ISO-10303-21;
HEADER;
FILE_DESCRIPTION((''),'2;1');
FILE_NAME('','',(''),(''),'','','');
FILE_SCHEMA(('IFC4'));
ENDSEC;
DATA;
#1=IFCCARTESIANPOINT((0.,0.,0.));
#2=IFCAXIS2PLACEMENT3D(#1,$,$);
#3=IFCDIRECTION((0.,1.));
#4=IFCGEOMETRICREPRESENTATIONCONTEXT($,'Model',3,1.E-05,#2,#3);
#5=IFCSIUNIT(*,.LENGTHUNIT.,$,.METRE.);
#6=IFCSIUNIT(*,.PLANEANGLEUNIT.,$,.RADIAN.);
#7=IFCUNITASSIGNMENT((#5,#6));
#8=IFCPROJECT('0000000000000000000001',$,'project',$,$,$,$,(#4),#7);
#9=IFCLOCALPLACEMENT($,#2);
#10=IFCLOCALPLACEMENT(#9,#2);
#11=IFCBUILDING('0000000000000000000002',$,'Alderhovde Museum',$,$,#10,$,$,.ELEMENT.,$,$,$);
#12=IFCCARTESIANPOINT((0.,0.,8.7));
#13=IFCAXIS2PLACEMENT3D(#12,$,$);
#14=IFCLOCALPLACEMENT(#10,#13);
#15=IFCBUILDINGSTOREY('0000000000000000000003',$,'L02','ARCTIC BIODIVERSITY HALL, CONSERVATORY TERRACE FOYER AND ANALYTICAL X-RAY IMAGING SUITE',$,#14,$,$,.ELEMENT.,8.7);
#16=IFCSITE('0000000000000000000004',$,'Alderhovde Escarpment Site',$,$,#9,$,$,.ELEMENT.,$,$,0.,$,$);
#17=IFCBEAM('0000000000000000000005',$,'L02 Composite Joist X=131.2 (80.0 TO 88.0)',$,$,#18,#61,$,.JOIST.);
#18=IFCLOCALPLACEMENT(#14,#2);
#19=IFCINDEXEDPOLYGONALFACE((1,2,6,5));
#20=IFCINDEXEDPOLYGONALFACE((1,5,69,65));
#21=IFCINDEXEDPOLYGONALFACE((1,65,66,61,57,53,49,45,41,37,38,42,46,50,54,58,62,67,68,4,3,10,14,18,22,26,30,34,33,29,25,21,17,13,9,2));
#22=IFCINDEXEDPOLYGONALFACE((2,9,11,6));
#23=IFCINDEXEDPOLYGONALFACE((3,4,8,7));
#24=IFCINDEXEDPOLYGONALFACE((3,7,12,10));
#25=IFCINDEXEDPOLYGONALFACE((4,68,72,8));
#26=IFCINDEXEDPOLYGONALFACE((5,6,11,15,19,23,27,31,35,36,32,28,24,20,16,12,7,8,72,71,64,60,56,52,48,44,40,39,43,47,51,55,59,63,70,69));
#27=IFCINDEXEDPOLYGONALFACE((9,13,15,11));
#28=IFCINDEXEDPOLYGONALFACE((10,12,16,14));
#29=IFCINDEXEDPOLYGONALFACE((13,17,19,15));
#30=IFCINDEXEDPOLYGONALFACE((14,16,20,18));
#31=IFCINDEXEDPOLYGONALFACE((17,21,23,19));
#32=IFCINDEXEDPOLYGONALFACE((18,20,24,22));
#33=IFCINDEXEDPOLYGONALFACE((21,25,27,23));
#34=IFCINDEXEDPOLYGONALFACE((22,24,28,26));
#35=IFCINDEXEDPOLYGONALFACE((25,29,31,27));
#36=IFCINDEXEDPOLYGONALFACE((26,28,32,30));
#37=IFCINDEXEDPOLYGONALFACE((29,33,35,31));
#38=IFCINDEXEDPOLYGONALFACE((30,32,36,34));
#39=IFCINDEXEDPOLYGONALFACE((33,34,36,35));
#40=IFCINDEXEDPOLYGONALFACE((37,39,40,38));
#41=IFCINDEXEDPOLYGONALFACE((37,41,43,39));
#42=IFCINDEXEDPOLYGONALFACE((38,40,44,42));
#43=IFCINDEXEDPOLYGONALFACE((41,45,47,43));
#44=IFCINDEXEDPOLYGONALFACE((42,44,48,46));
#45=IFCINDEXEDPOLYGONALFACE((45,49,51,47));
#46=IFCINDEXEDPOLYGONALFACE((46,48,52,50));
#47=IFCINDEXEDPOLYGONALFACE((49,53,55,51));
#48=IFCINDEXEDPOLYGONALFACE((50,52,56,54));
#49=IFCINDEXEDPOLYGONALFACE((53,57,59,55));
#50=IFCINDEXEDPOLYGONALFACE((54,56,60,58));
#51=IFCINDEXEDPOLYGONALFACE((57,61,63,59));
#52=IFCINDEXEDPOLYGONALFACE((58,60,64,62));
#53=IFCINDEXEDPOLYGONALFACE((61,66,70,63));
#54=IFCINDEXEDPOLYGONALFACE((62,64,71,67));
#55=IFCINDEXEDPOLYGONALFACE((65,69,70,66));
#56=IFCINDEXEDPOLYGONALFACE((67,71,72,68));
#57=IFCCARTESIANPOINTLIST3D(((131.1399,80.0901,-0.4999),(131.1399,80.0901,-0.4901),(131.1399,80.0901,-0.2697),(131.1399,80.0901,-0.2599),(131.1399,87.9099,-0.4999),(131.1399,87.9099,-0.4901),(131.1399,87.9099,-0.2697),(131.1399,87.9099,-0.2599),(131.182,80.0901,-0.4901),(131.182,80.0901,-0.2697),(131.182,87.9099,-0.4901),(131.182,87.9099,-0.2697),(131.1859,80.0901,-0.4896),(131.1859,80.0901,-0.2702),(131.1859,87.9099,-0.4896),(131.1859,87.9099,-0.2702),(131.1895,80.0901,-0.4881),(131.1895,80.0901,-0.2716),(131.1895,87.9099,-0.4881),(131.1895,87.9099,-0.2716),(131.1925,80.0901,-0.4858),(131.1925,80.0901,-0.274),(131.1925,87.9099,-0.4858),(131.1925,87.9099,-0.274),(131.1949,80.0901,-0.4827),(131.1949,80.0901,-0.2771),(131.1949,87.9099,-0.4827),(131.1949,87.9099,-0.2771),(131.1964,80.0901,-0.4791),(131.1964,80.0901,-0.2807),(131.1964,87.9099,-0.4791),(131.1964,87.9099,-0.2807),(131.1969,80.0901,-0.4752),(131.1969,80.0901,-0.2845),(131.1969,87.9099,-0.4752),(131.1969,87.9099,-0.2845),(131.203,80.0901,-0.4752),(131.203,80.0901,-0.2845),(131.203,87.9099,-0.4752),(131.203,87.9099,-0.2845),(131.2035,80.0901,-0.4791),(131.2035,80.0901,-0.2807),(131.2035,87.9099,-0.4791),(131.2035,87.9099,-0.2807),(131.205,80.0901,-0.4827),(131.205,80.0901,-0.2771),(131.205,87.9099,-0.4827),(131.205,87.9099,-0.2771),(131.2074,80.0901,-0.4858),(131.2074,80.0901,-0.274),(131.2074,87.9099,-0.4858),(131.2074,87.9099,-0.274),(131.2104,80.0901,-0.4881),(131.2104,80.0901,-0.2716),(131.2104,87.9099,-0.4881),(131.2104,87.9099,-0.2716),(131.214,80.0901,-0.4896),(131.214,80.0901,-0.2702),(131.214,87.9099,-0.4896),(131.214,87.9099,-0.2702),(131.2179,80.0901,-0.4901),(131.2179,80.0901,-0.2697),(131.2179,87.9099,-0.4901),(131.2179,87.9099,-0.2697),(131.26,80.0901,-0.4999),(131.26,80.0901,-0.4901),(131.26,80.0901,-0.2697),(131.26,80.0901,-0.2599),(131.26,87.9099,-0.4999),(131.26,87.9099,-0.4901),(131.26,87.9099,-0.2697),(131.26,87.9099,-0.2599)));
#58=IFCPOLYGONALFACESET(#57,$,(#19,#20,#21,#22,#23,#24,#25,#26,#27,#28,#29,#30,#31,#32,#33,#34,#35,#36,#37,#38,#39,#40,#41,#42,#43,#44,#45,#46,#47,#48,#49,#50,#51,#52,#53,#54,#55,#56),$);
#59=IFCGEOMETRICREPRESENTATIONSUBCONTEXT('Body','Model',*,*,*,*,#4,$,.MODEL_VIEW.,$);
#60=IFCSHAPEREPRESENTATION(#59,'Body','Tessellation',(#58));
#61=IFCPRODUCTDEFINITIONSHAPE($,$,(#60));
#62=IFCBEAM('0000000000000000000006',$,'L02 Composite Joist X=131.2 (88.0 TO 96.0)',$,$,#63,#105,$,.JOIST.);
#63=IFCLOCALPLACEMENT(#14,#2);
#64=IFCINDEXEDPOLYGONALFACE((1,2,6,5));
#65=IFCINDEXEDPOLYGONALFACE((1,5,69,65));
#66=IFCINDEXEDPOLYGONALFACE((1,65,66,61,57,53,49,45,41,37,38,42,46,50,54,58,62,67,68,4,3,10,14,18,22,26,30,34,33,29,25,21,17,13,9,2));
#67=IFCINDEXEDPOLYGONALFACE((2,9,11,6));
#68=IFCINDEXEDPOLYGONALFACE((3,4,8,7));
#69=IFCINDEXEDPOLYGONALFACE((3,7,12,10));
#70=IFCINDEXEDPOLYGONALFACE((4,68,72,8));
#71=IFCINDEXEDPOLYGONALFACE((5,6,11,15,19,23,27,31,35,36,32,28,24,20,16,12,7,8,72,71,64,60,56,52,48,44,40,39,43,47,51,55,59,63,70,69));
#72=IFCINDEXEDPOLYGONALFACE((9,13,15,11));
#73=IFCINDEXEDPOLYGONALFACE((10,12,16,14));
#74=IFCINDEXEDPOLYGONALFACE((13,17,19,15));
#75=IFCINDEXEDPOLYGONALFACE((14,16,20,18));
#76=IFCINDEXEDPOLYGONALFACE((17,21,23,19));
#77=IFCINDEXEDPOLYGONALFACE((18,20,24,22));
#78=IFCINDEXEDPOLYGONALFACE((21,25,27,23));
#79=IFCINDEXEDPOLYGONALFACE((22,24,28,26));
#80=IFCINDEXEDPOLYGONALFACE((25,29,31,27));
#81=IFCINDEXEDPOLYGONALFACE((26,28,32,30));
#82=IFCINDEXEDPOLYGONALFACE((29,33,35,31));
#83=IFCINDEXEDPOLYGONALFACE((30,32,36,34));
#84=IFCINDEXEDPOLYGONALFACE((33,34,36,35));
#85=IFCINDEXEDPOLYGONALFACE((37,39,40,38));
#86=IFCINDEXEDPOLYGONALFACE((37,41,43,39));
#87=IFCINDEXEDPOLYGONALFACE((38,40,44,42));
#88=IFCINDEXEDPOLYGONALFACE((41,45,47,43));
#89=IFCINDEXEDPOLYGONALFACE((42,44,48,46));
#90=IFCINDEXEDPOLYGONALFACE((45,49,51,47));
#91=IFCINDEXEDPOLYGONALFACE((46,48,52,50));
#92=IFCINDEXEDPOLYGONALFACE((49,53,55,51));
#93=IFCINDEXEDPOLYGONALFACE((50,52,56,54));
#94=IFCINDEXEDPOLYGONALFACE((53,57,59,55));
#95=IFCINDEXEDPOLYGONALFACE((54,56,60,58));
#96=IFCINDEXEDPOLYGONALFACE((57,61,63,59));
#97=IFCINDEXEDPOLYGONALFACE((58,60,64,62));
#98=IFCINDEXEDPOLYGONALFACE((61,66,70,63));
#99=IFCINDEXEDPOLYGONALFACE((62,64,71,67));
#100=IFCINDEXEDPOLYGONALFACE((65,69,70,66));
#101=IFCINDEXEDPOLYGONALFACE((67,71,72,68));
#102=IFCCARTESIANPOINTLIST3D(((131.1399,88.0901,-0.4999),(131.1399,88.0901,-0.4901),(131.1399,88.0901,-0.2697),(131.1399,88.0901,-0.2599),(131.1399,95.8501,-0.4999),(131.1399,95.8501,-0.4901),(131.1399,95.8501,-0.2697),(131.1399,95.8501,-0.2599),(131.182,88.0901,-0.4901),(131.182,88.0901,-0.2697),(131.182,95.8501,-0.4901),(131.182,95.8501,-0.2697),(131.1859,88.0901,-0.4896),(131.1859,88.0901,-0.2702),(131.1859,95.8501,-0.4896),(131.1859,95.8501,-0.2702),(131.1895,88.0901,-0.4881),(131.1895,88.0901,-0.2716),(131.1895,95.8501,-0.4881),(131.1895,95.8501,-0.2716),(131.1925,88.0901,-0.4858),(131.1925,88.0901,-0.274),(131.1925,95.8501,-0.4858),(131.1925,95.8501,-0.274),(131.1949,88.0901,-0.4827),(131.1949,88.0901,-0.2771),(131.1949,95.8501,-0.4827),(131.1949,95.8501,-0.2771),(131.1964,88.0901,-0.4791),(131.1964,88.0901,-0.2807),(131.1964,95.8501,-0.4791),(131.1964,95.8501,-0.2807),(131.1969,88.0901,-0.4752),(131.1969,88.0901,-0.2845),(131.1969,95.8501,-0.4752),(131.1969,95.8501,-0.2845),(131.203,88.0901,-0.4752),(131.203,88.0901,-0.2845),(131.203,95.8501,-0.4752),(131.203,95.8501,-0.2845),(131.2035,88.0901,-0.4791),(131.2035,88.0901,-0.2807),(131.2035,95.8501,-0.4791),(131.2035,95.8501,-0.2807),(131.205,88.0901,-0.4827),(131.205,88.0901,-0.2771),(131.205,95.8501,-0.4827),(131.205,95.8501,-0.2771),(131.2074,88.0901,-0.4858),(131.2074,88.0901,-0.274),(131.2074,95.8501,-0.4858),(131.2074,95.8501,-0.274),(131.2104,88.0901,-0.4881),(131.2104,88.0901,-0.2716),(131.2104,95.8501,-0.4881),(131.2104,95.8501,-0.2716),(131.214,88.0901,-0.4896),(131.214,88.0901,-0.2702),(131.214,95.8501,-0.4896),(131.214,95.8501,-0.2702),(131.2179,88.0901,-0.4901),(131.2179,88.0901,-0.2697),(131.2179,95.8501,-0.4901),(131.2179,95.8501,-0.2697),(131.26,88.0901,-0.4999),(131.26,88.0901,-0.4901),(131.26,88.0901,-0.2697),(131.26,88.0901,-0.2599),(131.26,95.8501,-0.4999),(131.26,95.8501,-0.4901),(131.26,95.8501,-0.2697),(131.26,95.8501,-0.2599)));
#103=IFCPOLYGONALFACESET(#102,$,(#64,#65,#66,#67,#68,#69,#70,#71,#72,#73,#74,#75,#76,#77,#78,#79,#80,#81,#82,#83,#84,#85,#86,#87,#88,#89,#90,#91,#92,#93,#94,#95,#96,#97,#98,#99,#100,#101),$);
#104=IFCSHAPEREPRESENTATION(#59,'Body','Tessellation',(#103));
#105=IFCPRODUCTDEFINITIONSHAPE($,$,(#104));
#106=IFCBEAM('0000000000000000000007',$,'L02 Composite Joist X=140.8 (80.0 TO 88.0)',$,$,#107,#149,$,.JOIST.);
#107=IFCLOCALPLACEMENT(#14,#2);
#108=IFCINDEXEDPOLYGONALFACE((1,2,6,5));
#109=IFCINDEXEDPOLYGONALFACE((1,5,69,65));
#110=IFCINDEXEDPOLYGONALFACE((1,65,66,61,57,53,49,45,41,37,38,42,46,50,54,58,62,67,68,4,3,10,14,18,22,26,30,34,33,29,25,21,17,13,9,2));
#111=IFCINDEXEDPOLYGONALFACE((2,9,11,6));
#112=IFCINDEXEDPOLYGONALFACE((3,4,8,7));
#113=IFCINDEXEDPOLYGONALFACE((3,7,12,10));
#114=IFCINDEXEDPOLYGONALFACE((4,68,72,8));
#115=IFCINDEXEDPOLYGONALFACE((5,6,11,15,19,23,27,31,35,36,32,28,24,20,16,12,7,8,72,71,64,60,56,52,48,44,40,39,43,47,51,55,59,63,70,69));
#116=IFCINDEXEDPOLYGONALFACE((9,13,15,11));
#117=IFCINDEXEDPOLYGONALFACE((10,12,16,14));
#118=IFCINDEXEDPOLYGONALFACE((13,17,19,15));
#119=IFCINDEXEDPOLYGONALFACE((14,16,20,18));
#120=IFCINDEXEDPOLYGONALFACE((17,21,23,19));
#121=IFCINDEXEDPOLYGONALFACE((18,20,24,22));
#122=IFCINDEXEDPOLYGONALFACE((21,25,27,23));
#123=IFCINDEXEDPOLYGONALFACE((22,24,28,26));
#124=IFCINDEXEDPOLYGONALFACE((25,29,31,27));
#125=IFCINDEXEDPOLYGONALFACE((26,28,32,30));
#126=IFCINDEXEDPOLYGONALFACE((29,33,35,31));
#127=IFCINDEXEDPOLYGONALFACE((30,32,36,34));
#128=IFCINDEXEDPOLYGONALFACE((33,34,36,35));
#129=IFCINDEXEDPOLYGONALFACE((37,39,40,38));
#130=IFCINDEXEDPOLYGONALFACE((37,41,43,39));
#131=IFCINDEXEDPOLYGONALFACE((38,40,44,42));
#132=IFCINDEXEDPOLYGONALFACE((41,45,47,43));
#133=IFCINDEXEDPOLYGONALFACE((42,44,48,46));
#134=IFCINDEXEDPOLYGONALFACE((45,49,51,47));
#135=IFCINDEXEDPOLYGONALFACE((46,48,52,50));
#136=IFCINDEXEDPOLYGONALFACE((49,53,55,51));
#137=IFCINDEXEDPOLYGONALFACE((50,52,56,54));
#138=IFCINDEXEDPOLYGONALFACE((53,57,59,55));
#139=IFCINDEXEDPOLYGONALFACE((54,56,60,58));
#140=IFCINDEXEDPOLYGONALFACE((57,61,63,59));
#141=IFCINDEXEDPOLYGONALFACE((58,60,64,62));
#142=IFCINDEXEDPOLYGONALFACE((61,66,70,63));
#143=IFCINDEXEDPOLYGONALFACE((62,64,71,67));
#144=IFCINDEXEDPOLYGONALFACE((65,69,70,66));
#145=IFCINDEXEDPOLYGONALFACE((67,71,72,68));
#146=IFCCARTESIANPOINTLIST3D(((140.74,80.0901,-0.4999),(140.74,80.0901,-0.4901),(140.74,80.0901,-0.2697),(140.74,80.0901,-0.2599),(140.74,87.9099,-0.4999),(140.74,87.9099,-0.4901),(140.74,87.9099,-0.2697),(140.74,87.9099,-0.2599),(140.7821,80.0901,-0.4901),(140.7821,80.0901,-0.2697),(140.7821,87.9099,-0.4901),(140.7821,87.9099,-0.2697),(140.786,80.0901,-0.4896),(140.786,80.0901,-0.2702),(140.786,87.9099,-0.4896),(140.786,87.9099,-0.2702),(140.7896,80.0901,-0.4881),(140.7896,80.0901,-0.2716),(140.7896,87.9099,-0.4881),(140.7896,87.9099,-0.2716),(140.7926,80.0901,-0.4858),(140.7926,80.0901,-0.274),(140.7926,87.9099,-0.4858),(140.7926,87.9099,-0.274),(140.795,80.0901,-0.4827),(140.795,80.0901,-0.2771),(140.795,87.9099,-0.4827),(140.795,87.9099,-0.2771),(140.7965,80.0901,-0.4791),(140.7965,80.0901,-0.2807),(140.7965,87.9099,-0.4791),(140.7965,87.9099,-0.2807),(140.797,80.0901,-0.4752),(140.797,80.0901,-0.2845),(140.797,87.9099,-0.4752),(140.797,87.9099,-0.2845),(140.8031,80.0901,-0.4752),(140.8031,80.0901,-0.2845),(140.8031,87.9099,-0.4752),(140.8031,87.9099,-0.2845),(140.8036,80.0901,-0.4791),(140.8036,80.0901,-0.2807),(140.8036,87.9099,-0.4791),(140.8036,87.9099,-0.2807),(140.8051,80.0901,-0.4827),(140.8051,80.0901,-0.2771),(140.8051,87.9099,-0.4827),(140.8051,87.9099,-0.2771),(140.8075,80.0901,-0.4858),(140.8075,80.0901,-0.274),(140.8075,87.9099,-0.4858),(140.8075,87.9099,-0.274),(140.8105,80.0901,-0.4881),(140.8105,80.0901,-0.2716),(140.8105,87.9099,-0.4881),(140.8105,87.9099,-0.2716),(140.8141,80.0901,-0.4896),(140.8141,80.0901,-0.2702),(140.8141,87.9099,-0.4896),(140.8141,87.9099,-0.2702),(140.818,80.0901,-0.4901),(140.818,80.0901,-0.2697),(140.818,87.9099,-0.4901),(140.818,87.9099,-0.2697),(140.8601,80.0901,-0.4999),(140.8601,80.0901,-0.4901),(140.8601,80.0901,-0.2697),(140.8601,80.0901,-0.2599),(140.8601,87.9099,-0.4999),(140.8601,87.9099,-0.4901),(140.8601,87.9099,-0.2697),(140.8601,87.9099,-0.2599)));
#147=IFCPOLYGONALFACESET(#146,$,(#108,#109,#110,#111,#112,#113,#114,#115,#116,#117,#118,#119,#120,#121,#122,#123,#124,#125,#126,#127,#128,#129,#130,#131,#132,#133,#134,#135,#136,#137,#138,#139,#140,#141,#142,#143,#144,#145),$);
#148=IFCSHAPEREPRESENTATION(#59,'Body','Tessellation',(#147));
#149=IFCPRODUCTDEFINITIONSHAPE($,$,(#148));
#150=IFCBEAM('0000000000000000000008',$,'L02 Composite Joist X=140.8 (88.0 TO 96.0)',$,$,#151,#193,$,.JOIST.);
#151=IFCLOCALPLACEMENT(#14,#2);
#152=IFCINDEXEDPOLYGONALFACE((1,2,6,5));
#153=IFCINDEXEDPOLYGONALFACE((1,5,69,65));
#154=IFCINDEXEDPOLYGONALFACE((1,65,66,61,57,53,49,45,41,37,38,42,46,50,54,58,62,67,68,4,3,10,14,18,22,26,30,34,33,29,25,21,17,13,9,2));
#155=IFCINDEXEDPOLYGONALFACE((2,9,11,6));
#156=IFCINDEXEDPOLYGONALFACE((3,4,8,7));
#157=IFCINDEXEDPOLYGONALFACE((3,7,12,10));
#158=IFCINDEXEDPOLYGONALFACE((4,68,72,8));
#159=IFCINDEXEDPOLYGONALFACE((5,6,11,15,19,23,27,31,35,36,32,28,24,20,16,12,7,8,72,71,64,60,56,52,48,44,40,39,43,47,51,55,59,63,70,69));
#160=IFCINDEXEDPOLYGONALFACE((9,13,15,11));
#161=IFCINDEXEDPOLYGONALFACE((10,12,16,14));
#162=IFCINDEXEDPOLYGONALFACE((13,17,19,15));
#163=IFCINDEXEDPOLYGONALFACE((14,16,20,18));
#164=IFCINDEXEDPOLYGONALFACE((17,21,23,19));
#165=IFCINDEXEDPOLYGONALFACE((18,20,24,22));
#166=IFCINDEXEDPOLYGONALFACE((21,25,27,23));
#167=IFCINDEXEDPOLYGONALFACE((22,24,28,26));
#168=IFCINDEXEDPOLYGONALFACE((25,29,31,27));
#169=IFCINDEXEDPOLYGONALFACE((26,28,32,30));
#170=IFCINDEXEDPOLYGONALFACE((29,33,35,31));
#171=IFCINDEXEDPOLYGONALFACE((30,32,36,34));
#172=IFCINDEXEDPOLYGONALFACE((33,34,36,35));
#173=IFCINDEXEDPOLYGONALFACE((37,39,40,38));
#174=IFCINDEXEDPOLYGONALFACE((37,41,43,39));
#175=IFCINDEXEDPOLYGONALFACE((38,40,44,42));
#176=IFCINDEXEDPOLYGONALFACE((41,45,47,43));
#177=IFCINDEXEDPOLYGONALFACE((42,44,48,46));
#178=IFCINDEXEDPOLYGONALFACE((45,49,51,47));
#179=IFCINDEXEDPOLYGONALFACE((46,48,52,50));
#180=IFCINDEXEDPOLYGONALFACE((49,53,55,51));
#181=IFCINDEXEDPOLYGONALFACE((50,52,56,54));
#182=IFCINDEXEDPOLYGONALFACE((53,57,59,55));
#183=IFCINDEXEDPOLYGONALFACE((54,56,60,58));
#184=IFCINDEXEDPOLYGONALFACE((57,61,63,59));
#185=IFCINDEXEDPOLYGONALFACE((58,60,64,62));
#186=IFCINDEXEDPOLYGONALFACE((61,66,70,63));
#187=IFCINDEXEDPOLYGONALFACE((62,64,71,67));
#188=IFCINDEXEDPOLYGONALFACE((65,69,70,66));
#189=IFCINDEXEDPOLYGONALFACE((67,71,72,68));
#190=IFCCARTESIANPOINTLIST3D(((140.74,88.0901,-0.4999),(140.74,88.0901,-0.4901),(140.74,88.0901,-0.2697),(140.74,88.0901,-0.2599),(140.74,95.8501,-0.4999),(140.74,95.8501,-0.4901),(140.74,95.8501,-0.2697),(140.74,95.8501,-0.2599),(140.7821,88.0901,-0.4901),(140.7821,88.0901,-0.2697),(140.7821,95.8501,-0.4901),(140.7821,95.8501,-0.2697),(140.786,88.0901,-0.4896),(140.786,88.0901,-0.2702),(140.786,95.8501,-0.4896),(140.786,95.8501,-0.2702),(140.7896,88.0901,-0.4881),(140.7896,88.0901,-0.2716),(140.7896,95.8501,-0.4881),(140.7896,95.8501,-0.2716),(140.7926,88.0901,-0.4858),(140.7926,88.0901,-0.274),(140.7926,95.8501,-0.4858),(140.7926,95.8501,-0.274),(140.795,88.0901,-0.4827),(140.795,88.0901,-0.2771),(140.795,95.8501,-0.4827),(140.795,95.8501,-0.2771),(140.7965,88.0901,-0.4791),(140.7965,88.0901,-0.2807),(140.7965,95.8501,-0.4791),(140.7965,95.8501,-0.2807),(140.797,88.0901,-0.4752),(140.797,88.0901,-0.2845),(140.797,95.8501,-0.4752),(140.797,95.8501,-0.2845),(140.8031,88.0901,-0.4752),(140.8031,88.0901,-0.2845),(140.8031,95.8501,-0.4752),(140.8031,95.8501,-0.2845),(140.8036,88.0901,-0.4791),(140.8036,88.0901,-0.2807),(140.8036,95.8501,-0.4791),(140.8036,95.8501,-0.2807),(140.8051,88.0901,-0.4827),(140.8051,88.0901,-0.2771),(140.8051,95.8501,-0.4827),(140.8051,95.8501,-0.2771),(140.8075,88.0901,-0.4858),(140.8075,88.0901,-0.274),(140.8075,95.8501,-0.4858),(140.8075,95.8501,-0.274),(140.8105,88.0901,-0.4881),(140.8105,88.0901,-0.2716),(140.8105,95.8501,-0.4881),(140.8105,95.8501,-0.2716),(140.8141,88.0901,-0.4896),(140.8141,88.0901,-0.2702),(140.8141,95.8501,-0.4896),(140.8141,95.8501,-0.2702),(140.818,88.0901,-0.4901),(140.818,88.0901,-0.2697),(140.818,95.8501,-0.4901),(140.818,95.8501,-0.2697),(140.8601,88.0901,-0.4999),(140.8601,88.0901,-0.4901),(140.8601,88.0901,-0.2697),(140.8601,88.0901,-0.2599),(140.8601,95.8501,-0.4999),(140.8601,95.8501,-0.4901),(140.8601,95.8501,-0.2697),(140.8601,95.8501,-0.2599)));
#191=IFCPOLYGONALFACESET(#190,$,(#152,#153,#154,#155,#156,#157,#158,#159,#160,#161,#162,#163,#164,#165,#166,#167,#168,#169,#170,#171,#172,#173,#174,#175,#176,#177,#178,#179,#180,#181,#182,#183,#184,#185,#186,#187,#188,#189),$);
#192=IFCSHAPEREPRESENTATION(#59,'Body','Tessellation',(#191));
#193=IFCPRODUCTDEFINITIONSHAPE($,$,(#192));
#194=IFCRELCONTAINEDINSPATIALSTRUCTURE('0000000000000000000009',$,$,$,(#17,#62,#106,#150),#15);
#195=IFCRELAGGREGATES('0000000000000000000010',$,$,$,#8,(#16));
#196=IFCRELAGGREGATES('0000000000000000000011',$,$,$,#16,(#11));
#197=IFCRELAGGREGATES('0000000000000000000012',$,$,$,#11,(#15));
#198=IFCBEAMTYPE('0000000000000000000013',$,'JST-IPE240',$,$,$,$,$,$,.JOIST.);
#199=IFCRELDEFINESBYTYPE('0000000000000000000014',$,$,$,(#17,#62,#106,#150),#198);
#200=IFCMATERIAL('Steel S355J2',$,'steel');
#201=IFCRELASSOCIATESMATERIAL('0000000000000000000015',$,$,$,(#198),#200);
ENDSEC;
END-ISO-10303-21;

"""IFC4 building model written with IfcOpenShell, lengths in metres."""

from ifc_helpers import new_model, si_unit, direction, frame, origin, origin_2d, place, context, subcontext, project, spatial, i_section, extrude, material, material_profile, profile_set, type_object, element, save


model = new_model("IFC4")

# Units and contexts
model_context = context("Model", 3, precision=1e-05, world=origin(), true_north=direction((0.0, 1.0)))
body_context = subcontext(model_context, "Body", "Model", "MODEL_VIEW")
ifc_project = project(units=[si_unit("LENGTHUNIT", "METRE"), si_unit("PLANEANGLEUNIT", "RADIAN")], contexts=[model_context])

# Site, building, storey
site_placement = place(None, origin())
site = spatial("IfcSite", under=ifc_project, at=site_placement, Name="Alderhovde Escarpment Site", CompositionType="ELEMENT", RefElevation=0.0)
building_placement = place(site_placement, origin())
building = spatial("IfcBuilding", under=site, at=building_placement, Name="Alderhovde Museum", CompositionType="ELEMENT")
storey_placement = place(building_placement, frame((0.0, 0.0, 8.7)))
storey = spatial("IfcBuildingStorey", under=building, at=storey_placement, Name="L02", Description="ARCTIC BIODIVERSITY HALL, CONSERVATORY TERRACE FOYER AND ANALYTICAL X-RAY IMAGING SUITE", CompositionType="ELEMENT", Elevation=8.7)

# Beams
ifc_material_1 = material(Name="Steel S355J2", Category="steel")
ifc_material_profile_1 = material_profile(ifc_material_1, i_section(OverallWidth=0.1201, OverallDepth=0.24, WebThickness=0.0061, FlangeThickness=0.0098, FilletRadius=0.0149, at=origin_2d()), Name="IPE 240")
ifc_profile_set_1 = profile_set([ifc_material_profile_1], Name="Steel S355J2")
beam_type_1 = type_object("IfcBeamType", Name="JST-IPE240", PredefinedType="JOIST", material=ifc_profile_set_1)
beam_1_placement = place(storey_placement, frame((131.2, 80.0901, -0.3799), z_axis=(0.0, 1.0, 0.0), x_axis=(-1.0, 0.0, 0.0)))
element("IfcBeam", 1, at=beam_1_placement, inside=storey, type_object=beam_type_1, Name="L02 Composite Joist X=131.2 (80.0 TO 88.0)", PredefinedType="JOIST", context=body_context, shape_type="SweptSolid", body=[
    extrude(i_section(OverallWidth=0.1201, OverallDepth=0.24, WebThickness=0.0061, FlangeThickness=0.0098, FilletRadius=0.0149, at=origin_2d()), origin(), (0.0, 0.0, 1.0), 7.8198),
])
beam_2_placement = place(storey_placement, frame((131.2, 88.0901, -0.3799), z_axis=(0.0, 1.0, 0.0), x_axis=(-1.0, 0.0, 0.0)))
element("IfcBeam", 2, at=beam_2_placement, inside=storey, type_object=beam_type_1, Name="L02 Composite Joist X=131.2 (88.0 TO 96.0)", PredefinedType="JOIST", context=body_context, shape_type="SweptSolid", body=[
    extrude(i_section(OverallWidth=0.1201, OverallDepth=0.24, WebThickness=0.0061, FlangeThickness=0.0098, FilletRadius=0.0149, at=origin_2d()), origin(), (0.0, 0.0, 1.0), 7.76),
])
beam_3_placement = place(storey_placement, frame((140.8, 80.0901, -0.3799), z_axis=(0.0, 1.0, 0.0), x_axis=(-1.0, 0.0, 0.0)))
element("IfcBeam", 3, at=beam_3_placement, inside=storey, type_object=beam_type_1, Name="L02 Composite Joist X=140.8 (80.0 TO 88.0)", PredefinedType="JOIST", context=body_context, shape_type="SweptSolid", body=[
    extrude(i_section(OverallWidth=0.1201, OverallDepth=0.24, WebThickness=0.0061, FlangeThickness=0.0098, FilletRadius=0.0149, at=origin_2d()), origin(), (0.0, 0.0, 1.0), 7.8198),
])
beam_4_placement = place(storey_placement, frame((140.8, 88.0901, -0.3799), z_axis=(0.0, 1.0, 0.0), x_axis=(-1.0, 0.0, 0.0)))
element("IfcBeam", 4, at=beam_4_placement, inside=storey, type_object=beam_type_1, Name="L02 Composite Joist X=140.8 (88.0 TO 96.0)", PredefinedType="JOIST", context=body_context, shape_type="SweptSolid", body=[
    extrude(i_section(OverallWidth=0.1201, OverallDepth=0.24, WebThickness=0.0061, FlangeThickness=0.0098, FilletRadius=0.0149, at=origin_2d()), origin(), (0.0, 0.0, 1.0), 7.76),
])

save(model, "model.ifc")
